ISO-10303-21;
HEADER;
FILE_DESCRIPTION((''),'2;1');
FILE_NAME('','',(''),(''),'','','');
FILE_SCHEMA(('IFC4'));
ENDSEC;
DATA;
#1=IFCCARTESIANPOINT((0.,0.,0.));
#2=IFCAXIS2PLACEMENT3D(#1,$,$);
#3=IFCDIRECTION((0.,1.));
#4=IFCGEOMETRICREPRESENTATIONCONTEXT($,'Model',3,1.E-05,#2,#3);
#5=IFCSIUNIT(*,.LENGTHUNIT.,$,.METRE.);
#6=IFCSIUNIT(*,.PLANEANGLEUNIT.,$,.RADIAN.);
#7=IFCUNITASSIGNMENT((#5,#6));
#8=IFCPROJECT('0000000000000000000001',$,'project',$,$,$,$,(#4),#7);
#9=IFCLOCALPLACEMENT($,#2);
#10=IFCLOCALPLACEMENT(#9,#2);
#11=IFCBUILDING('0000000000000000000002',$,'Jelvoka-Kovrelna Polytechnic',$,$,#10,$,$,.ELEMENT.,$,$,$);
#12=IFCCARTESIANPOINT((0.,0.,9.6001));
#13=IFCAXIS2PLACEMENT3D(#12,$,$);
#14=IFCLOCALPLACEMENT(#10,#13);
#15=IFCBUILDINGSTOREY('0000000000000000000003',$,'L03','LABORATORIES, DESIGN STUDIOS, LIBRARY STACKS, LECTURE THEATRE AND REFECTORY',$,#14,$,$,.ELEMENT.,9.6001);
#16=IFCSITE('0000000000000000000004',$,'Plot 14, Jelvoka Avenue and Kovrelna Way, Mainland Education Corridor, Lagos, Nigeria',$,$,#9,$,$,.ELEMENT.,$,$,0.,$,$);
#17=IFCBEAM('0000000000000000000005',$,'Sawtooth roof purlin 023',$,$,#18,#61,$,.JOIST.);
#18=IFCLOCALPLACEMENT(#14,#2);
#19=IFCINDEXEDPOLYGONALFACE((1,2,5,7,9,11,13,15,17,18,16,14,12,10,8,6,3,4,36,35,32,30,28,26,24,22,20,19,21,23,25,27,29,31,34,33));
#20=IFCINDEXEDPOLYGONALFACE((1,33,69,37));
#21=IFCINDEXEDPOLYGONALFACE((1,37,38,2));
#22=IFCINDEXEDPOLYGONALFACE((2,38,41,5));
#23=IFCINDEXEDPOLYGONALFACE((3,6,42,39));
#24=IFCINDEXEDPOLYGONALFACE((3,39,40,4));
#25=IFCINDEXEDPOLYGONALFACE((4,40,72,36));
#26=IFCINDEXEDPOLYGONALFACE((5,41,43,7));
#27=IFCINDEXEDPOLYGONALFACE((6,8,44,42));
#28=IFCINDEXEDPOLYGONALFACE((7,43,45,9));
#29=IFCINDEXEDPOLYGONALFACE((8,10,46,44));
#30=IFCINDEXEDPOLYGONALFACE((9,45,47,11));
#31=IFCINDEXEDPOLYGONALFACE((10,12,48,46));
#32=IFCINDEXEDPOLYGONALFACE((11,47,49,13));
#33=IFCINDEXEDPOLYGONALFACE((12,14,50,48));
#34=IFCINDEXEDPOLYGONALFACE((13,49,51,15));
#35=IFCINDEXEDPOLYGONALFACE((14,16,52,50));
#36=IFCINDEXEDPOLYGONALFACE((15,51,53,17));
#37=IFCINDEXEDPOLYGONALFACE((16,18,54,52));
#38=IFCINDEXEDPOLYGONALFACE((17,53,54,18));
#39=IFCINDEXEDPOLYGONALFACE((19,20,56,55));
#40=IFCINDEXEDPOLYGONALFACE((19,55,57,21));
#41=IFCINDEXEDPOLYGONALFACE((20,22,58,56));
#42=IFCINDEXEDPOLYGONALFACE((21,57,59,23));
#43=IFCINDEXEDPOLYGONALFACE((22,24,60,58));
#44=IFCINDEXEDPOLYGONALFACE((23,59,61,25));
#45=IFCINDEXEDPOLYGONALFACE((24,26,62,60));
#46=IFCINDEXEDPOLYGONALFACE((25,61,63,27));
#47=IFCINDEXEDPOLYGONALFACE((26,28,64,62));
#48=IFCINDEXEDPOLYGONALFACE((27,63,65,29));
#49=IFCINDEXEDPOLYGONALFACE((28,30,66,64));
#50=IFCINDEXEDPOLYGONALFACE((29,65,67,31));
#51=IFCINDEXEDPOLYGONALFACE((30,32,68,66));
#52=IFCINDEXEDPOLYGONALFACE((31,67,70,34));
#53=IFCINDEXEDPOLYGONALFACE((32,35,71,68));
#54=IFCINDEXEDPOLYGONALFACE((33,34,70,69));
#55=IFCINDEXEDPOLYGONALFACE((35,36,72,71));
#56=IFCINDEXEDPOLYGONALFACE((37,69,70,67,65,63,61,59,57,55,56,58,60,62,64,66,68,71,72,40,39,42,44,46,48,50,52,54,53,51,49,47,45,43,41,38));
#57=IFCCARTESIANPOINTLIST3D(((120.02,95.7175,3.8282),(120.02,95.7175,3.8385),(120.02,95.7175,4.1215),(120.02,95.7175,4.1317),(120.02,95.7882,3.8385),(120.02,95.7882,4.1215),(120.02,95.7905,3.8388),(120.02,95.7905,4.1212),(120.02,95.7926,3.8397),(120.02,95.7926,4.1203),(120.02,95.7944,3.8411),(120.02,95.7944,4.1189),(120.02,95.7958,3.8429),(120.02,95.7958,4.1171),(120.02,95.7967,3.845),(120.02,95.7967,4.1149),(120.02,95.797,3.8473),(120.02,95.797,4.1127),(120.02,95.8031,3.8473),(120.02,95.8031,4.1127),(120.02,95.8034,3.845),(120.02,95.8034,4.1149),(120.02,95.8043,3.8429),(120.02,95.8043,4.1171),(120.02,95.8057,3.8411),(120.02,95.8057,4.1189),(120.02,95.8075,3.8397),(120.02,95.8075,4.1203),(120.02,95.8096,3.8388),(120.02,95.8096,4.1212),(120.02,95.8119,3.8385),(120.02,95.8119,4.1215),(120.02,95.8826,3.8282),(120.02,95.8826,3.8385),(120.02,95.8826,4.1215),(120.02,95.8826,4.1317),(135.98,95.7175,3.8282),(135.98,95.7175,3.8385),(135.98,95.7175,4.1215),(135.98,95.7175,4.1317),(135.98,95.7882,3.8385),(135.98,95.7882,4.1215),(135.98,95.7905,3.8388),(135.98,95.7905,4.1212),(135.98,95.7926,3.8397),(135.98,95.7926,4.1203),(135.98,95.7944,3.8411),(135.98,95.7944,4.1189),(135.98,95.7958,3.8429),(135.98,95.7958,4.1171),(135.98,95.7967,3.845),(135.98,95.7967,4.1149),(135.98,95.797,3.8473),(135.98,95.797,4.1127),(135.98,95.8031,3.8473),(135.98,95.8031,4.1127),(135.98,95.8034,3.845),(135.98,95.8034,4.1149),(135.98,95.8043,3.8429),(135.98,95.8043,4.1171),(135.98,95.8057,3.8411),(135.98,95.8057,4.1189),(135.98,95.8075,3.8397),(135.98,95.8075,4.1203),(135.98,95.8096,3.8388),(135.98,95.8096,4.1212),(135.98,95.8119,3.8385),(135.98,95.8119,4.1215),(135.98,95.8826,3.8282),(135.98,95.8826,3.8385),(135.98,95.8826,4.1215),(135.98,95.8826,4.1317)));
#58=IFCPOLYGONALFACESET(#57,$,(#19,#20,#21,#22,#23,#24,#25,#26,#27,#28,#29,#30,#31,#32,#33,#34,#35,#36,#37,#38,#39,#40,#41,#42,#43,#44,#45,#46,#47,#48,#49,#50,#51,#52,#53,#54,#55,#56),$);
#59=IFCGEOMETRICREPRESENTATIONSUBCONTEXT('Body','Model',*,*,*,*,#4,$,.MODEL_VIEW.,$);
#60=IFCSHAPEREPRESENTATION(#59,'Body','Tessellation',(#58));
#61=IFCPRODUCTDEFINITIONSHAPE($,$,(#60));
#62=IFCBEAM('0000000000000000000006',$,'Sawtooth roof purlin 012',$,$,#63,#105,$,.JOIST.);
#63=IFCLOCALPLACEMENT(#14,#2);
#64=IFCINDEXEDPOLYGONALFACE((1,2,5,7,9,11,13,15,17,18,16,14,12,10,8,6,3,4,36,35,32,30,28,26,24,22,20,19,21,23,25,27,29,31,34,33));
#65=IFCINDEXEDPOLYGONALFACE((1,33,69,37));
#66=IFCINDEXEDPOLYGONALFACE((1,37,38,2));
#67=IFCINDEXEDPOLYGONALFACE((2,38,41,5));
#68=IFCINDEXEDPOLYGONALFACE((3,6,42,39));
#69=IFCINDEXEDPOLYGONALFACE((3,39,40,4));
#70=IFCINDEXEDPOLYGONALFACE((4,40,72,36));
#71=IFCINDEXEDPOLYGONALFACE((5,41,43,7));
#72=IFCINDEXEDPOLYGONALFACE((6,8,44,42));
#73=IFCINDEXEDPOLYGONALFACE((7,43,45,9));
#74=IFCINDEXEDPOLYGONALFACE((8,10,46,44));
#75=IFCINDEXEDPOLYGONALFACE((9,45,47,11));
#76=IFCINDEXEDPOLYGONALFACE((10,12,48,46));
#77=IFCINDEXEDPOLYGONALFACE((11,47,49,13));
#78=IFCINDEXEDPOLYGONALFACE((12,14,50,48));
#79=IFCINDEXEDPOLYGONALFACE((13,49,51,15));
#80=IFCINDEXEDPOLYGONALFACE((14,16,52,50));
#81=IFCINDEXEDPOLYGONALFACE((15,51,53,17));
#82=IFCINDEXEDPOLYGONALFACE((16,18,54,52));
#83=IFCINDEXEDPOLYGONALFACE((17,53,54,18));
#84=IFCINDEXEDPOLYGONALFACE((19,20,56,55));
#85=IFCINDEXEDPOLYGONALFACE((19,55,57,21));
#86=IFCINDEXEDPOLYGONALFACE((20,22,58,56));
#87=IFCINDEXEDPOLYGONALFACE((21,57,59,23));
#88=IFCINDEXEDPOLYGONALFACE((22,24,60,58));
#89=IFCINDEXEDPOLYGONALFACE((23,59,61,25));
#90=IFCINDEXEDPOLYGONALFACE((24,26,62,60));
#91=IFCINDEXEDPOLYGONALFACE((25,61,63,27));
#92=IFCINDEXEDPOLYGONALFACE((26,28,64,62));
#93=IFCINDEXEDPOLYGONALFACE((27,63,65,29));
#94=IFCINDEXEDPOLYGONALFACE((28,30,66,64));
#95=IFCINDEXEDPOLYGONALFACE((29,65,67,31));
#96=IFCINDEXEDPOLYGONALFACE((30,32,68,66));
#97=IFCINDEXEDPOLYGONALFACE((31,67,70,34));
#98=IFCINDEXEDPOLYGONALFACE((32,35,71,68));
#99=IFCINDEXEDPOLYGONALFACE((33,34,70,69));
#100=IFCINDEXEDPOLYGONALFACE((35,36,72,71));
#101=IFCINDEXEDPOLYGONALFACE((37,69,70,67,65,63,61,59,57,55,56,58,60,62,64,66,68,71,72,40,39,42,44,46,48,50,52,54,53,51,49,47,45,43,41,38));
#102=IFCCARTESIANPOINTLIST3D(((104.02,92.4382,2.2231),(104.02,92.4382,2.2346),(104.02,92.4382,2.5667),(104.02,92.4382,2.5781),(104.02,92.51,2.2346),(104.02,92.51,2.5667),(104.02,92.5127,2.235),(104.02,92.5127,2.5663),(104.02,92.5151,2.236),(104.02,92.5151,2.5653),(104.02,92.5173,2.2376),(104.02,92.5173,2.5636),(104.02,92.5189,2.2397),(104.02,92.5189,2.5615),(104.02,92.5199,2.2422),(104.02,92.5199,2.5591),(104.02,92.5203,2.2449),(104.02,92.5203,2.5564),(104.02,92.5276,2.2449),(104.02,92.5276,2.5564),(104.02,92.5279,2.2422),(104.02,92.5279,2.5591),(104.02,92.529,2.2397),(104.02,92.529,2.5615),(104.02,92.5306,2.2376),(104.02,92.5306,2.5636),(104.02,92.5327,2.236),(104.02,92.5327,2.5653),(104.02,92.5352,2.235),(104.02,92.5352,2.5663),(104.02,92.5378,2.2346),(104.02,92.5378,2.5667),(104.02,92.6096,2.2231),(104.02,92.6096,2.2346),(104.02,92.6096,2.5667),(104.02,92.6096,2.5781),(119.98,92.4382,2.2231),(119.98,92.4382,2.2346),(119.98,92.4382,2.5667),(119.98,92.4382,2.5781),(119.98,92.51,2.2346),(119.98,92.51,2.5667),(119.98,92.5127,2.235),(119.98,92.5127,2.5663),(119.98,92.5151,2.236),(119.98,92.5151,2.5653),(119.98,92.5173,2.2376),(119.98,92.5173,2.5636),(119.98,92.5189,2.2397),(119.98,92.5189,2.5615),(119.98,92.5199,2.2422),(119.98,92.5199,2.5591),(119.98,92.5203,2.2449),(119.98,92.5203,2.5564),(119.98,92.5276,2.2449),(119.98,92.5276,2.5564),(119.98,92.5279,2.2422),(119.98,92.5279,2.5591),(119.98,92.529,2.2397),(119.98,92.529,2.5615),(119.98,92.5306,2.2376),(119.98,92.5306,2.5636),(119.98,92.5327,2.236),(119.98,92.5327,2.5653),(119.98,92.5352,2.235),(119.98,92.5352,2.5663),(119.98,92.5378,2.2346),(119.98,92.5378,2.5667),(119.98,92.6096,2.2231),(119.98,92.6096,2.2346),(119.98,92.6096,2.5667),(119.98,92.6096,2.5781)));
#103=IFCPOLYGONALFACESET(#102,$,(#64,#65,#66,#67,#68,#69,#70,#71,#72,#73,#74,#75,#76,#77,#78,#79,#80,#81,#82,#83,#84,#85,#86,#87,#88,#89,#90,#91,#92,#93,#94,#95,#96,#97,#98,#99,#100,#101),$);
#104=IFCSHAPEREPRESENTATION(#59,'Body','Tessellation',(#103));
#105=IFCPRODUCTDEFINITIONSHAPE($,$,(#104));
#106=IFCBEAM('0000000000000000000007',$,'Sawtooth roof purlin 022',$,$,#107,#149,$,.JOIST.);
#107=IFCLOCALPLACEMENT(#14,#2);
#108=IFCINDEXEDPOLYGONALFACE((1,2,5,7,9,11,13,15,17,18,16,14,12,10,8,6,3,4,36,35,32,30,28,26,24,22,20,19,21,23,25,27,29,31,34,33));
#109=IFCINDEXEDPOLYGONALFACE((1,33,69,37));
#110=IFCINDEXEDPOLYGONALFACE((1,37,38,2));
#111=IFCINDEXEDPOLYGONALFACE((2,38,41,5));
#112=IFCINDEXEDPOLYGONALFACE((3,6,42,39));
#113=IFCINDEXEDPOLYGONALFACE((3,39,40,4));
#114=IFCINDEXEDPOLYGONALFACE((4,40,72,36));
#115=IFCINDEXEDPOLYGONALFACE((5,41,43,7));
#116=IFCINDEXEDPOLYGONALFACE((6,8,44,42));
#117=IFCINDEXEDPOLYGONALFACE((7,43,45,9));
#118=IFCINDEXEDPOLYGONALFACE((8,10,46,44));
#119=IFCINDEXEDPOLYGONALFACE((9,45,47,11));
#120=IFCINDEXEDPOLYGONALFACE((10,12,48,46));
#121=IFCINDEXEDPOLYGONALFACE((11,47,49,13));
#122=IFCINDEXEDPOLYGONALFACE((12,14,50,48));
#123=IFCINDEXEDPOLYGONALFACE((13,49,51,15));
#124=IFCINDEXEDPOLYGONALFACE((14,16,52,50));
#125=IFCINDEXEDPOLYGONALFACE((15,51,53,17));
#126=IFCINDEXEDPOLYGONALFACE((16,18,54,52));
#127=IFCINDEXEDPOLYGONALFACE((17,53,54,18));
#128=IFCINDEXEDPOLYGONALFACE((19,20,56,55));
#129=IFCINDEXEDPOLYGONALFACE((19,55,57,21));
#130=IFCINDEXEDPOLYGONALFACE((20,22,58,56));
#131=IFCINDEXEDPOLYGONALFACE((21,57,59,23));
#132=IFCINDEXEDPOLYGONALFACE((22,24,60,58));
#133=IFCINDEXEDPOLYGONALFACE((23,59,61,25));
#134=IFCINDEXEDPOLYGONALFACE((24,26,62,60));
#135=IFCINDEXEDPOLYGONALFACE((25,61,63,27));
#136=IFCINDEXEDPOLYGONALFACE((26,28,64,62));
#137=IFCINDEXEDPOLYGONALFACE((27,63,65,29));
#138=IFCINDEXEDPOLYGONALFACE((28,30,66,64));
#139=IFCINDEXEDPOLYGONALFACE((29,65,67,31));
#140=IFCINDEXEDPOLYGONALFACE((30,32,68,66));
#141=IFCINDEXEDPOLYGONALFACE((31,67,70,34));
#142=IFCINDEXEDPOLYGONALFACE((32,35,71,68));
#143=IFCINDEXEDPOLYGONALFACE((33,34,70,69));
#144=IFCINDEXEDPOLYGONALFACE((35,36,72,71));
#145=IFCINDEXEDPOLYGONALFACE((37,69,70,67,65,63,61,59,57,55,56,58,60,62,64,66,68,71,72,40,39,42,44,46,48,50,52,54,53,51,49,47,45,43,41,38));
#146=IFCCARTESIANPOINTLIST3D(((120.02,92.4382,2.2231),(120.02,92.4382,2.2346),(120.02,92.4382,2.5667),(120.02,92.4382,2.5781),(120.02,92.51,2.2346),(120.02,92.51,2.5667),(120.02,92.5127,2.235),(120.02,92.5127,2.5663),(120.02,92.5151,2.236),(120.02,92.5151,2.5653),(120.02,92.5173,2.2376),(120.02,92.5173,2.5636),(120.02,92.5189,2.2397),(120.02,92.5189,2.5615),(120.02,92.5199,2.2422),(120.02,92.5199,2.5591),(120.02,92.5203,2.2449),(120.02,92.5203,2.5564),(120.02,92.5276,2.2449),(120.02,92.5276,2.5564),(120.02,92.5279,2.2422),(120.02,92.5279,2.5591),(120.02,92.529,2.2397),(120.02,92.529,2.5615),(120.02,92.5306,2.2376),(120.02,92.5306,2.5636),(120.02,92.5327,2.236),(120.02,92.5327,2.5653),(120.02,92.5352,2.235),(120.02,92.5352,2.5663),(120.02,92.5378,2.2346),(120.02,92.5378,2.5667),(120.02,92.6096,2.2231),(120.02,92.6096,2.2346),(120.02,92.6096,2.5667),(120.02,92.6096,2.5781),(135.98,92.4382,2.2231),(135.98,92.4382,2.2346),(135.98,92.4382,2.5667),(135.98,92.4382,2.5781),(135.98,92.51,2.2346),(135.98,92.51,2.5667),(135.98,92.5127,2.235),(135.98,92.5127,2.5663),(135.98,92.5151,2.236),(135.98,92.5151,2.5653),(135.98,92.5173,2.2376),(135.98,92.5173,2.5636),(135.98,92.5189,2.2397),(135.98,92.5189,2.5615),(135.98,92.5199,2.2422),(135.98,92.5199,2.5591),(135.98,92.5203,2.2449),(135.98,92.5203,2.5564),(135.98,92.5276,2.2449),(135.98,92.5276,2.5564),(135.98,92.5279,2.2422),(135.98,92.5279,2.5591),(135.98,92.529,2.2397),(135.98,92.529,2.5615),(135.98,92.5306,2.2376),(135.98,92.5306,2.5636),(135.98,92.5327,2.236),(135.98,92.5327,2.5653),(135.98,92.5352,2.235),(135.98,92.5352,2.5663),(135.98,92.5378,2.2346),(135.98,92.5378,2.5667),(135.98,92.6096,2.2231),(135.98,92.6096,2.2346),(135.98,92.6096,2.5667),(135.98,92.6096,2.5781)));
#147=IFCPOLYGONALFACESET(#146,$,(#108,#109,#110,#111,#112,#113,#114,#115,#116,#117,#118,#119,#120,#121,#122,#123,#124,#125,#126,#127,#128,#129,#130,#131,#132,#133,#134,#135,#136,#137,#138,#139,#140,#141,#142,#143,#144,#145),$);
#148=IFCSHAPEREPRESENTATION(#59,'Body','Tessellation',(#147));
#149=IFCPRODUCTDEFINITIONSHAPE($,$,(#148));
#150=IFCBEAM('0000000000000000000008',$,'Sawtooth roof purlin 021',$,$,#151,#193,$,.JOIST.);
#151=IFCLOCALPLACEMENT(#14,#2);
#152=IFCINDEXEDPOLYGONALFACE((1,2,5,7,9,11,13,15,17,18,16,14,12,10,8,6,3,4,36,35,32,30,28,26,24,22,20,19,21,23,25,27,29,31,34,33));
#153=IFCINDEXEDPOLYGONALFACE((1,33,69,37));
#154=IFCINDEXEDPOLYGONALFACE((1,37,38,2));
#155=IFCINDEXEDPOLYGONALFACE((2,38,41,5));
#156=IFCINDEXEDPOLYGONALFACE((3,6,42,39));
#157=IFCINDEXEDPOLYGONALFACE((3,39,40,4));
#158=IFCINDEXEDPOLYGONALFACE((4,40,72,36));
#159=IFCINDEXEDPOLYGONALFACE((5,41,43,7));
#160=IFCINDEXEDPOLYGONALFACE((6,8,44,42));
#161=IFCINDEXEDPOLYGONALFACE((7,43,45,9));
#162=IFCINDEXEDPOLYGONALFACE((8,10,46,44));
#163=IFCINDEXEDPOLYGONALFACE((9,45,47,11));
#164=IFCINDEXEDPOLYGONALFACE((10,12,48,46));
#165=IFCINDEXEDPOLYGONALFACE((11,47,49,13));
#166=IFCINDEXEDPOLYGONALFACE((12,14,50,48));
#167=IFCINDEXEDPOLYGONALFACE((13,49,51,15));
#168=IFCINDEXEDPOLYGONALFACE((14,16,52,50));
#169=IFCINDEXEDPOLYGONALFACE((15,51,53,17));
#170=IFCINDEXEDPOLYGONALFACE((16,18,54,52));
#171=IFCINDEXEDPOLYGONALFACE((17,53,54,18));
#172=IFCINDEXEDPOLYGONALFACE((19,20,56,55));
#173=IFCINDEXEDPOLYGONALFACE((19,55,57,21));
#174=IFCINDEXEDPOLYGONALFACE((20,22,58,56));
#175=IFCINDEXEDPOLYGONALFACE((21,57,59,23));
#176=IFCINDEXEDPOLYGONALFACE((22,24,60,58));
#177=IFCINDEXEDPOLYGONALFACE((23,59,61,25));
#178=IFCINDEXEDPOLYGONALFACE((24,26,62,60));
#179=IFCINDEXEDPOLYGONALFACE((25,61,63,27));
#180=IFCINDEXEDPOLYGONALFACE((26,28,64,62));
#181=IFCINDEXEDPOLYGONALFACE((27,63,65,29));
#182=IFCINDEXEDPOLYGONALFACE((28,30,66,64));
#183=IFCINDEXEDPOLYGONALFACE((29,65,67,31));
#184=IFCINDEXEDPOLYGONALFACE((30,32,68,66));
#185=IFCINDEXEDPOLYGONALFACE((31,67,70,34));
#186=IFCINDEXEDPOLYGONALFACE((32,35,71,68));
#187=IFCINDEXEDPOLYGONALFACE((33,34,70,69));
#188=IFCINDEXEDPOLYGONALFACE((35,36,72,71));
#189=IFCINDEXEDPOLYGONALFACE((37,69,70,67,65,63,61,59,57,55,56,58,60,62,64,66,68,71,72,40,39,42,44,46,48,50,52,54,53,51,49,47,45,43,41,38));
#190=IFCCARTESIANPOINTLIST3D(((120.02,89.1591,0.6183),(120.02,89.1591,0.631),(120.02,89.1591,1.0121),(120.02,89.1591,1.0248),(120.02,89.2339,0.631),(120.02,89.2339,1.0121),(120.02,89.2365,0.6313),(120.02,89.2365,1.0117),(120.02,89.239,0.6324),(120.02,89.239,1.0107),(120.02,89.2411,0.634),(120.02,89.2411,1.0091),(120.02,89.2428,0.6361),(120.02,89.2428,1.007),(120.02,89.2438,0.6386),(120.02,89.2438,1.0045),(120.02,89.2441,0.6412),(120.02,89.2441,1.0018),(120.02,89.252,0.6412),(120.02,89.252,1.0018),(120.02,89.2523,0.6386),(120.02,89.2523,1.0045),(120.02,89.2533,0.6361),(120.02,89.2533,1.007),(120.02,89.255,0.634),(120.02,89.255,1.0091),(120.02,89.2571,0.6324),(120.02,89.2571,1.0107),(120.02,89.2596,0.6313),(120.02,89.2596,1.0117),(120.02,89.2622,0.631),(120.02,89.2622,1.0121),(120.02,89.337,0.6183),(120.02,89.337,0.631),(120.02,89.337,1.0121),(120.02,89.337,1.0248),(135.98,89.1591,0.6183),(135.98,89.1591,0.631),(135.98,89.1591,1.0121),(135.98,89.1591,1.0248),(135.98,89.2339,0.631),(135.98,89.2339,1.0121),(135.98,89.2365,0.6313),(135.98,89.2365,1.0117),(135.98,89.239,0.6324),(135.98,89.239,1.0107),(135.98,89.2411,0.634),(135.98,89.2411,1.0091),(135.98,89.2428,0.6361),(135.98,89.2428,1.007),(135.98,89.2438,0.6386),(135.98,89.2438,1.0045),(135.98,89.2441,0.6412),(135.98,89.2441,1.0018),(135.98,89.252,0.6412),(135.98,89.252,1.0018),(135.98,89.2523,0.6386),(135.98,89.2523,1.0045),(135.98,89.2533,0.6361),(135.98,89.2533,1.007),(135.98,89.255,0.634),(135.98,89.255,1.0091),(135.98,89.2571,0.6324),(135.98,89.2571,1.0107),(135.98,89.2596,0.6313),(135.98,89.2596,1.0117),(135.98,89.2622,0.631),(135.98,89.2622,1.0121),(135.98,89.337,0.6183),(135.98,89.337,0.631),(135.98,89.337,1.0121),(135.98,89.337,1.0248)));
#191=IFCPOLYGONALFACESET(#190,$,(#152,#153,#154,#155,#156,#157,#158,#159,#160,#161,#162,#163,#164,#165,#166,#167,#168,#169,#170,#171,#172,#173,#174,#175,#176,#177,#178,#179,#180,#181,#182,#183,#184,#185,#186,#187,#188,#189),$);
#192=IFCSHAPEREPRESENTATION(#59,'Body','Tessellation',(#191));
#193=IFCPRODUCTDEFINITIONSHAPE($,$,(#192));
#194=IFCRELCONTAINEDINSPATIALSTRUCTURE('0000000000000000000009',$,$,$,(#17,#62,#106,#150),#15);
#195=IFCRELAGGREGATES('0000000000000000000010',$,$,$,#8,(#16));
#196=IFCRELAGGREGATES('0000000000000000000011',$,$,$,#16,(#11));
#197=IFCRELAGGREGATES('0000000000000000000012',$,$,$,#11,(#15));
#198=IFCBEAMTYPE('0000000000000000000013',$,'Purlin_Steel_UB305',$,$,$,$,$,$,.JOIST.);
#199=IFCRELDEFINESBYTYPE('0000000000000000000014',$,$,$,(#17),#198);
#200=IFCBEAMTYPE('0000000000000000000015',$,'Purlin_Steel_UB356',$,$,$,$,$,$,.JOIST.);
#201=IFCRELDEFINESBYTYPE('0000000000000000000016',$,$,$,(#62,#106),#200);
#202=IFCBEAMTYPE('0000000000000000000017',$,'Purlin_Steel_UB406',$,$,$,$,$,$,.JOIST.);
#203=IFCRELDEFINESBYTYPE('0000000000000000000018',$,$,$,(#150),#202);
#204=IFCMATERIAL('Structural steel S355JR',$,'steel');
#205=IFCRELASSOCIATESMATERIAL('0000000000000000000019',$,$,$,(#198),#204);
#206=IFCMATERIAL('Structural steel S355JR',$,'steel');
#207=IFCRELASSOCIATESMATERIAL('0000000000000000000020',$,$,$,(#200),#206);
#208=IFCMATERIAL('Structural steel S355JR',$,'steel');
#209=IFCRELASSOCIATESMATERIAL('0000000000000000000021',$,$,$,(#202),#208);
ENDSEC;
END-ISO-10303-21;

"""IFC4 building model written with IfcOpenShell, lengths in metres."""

from ifc_helpers import new_model, si_unit, direction, frame, origin, origin_2d, place, context, subcontext, project, spatial, i_section, extrude, material, material_profile, profile_set, type_object, element, save


model = new_model("IFC4")

# Units and contexts
model_context = context("Model", 3, precision=1e-05, world=origin(), true_north=direction((0.0, 1.0)))
body_context = subcontext(model_context, "Body", "Model", "MODEL_VIEW")
ifc_project = project(units=[si_unit("LENGTHUNIT", "METRE"), si_unit("PLANEANGLEUNIT", "RADIAN")], contexts=[model_context])

# Site, building, storey
site_placement = place(None, origin())
site = spatial("IfcSite", under=ifc_project, at=site_placement, Name="Plot 14, Jelvoka Avenue and Kovrelna Way, Mainland Education Corridor, Lagos, Nigeria", CompositionType="ELEMENT", RefElevation=0.0)
building_placement = place(site_placement, origin())
building = spatial("IfcBuilding", under=site, at=building_placement, Name="Jelvoka-Kovrelna Polytechnic", CompositionType="ELEMENT")
storey_placement = place(building_placement, frame((0.0, 0.0, 9.6001)))
storey = spatial("IfcBuildingStorey", under=building, at=storey_placement, Name="L03", Description="LABORATORIES, DESIGN STUDIOS, LIBRARY STACKS, LECTURE THEATRE AND REFECTORY", CompositionType="ELEMENT", Elevation=9.6001)

# Beams
ifc_material_1 = material(Name="Structural steel S355JR", Category="steel")
ifc_material_profile_1 = material_profile(ifc_material_1, i_section(OverallWidth=0.165, OverallDepth=0.3035, WebThickness=0.0061, FlangeThickness=0.0103, FilletRadius=0.0088, at=origin_2d()), Name="305x165x40 UB")
ifc_profile_set_1 = profile_set([ifc_material_profile_1], Name="Structural steel S355JR")
beam_type_1 = type_object("IfcBeamType", Name="Purlin_Steel_UB305", PredefinedType="JOIST", material=ifc_profile_set_1)
for number, where, z_axis, x_axis, name in (
    (1, (120.02, 95.8, 3.98), (1.0, 0.0, 0.0), (0.0, 1.0, 0.0), "Sawtooth roof purlin 023"),
):
    element("IfcBeam", number, at=place(storey_placement, frame(where, z_axis=z_axis, x_axis=x_axis)), inside=storey, type_object=beam_type_1, Name=name, PredefinedType="JOIST", context=body_context, shape_type="SweptSolid", body=[
        extrude(i_section(OverallWidth=0.165, OverallDepth=0.3035, WebThickness=0.0061, FlangeThickness=0.0103, FilletRadius=0.0088, at=origin_2d()), origin(), (0.0, 0.0, 1.0), 15.96),
    ])
ifc_material_2 = material(Name="Structural steel S355JR", Category="steel")
ifc_material_profile_2 = material_profile(ifc_material_2, i_section(OverallWidth=0.1714, OverallDepth=0.355, WebThickness=0.0073, FlangeThickness=0.0115, FilletRadius=0.0103, at=origin_2d()), Name="356x171x51 UB")
ifc_profile_set_2 = profile_set([ifc_material_profile_2], Name="Structural steel S355JR")
beam_type_2 = type_object("IfcBeamType", Name="Purlin_Steel_UB356", PredefinedType="JOIST", material=ifc_profile_set_2)
for number, where, z_axis, x_axis, name in (
    (2, (104.02, 92.5239, 2.4006), (1.0, 0.0, 0.0), (0.0, 1.0, 0.0), "Sawtooth roof purlin 012"),
    (3, (120.02, 92.5239, 2.4006), (1.0, 0.0, 0.0), (0.0, 1.0, 0.0), "Sawtooth roof purlin 022"),
):
    element("IfcBeam", number, at=place(storey_placement, frame(where, z_axis=z_axis, x_axis=x_axis)), inside=storey, type_object=beam_type_2, Name=name, PredefinedType="JOIST", context=body_context, shape_type="SweptSolid", body=[
        extrude(i_section(OverallWidth=0.1714, OverallDepth=0.355, WebThickness=0.0073, FlangeThickness=0.0115, FilletRadius=0.0103, at=origin_2d()), origin(), (0.0, 0.0, 1.0), 15.96),
    ])
ifc_material_3 = material(Name="Structural steel S355JR", Category="steel")
ifc_material_profile_3 = material_profile(ifc_material_3, i_section(OverallWidth=0.178, OverallDepth=0.4065, WebThickness=0.0078, FlangeThickness=0.0127, FilletRadius=0.0103, at=origin_2d()), Name="406x178x60 UB")
ifc_profile_set_3 = profile_set([ifc_material_profile_3], Name="Structural steel S355JR")
beam_type_3 = type_object("IfcBeamType", Name="Purlin_Steel_UB406", PredefinedType="JOIST", material=ifc_profile_set_3)
beam_placement = place(storey_placement, frame((120.02, 89.248, 0.8215), z_axis=(1.0, 0.0, 0.0), x_axis=(0.0, 1.0, 0.0)))
element("IfcBeam", 4, at=beam_placement, inside=storey, type_object=beam_type_3, Name="Sawtooth roof purlin 021", PredefinedType="JOIST", context=body_context, shape_type="SweptSolid", body=[
    extrude(i_section(OverallWidth=0.178, OverallDepth=0.4065, WebThickness=0.0078, FlangeThickness=0.0127, FilletRadius=0.0103, at=origin_2d()), origin(), (0.0, 0.0, 1.0), 15.96),
])

save(model, "model.ifc")
